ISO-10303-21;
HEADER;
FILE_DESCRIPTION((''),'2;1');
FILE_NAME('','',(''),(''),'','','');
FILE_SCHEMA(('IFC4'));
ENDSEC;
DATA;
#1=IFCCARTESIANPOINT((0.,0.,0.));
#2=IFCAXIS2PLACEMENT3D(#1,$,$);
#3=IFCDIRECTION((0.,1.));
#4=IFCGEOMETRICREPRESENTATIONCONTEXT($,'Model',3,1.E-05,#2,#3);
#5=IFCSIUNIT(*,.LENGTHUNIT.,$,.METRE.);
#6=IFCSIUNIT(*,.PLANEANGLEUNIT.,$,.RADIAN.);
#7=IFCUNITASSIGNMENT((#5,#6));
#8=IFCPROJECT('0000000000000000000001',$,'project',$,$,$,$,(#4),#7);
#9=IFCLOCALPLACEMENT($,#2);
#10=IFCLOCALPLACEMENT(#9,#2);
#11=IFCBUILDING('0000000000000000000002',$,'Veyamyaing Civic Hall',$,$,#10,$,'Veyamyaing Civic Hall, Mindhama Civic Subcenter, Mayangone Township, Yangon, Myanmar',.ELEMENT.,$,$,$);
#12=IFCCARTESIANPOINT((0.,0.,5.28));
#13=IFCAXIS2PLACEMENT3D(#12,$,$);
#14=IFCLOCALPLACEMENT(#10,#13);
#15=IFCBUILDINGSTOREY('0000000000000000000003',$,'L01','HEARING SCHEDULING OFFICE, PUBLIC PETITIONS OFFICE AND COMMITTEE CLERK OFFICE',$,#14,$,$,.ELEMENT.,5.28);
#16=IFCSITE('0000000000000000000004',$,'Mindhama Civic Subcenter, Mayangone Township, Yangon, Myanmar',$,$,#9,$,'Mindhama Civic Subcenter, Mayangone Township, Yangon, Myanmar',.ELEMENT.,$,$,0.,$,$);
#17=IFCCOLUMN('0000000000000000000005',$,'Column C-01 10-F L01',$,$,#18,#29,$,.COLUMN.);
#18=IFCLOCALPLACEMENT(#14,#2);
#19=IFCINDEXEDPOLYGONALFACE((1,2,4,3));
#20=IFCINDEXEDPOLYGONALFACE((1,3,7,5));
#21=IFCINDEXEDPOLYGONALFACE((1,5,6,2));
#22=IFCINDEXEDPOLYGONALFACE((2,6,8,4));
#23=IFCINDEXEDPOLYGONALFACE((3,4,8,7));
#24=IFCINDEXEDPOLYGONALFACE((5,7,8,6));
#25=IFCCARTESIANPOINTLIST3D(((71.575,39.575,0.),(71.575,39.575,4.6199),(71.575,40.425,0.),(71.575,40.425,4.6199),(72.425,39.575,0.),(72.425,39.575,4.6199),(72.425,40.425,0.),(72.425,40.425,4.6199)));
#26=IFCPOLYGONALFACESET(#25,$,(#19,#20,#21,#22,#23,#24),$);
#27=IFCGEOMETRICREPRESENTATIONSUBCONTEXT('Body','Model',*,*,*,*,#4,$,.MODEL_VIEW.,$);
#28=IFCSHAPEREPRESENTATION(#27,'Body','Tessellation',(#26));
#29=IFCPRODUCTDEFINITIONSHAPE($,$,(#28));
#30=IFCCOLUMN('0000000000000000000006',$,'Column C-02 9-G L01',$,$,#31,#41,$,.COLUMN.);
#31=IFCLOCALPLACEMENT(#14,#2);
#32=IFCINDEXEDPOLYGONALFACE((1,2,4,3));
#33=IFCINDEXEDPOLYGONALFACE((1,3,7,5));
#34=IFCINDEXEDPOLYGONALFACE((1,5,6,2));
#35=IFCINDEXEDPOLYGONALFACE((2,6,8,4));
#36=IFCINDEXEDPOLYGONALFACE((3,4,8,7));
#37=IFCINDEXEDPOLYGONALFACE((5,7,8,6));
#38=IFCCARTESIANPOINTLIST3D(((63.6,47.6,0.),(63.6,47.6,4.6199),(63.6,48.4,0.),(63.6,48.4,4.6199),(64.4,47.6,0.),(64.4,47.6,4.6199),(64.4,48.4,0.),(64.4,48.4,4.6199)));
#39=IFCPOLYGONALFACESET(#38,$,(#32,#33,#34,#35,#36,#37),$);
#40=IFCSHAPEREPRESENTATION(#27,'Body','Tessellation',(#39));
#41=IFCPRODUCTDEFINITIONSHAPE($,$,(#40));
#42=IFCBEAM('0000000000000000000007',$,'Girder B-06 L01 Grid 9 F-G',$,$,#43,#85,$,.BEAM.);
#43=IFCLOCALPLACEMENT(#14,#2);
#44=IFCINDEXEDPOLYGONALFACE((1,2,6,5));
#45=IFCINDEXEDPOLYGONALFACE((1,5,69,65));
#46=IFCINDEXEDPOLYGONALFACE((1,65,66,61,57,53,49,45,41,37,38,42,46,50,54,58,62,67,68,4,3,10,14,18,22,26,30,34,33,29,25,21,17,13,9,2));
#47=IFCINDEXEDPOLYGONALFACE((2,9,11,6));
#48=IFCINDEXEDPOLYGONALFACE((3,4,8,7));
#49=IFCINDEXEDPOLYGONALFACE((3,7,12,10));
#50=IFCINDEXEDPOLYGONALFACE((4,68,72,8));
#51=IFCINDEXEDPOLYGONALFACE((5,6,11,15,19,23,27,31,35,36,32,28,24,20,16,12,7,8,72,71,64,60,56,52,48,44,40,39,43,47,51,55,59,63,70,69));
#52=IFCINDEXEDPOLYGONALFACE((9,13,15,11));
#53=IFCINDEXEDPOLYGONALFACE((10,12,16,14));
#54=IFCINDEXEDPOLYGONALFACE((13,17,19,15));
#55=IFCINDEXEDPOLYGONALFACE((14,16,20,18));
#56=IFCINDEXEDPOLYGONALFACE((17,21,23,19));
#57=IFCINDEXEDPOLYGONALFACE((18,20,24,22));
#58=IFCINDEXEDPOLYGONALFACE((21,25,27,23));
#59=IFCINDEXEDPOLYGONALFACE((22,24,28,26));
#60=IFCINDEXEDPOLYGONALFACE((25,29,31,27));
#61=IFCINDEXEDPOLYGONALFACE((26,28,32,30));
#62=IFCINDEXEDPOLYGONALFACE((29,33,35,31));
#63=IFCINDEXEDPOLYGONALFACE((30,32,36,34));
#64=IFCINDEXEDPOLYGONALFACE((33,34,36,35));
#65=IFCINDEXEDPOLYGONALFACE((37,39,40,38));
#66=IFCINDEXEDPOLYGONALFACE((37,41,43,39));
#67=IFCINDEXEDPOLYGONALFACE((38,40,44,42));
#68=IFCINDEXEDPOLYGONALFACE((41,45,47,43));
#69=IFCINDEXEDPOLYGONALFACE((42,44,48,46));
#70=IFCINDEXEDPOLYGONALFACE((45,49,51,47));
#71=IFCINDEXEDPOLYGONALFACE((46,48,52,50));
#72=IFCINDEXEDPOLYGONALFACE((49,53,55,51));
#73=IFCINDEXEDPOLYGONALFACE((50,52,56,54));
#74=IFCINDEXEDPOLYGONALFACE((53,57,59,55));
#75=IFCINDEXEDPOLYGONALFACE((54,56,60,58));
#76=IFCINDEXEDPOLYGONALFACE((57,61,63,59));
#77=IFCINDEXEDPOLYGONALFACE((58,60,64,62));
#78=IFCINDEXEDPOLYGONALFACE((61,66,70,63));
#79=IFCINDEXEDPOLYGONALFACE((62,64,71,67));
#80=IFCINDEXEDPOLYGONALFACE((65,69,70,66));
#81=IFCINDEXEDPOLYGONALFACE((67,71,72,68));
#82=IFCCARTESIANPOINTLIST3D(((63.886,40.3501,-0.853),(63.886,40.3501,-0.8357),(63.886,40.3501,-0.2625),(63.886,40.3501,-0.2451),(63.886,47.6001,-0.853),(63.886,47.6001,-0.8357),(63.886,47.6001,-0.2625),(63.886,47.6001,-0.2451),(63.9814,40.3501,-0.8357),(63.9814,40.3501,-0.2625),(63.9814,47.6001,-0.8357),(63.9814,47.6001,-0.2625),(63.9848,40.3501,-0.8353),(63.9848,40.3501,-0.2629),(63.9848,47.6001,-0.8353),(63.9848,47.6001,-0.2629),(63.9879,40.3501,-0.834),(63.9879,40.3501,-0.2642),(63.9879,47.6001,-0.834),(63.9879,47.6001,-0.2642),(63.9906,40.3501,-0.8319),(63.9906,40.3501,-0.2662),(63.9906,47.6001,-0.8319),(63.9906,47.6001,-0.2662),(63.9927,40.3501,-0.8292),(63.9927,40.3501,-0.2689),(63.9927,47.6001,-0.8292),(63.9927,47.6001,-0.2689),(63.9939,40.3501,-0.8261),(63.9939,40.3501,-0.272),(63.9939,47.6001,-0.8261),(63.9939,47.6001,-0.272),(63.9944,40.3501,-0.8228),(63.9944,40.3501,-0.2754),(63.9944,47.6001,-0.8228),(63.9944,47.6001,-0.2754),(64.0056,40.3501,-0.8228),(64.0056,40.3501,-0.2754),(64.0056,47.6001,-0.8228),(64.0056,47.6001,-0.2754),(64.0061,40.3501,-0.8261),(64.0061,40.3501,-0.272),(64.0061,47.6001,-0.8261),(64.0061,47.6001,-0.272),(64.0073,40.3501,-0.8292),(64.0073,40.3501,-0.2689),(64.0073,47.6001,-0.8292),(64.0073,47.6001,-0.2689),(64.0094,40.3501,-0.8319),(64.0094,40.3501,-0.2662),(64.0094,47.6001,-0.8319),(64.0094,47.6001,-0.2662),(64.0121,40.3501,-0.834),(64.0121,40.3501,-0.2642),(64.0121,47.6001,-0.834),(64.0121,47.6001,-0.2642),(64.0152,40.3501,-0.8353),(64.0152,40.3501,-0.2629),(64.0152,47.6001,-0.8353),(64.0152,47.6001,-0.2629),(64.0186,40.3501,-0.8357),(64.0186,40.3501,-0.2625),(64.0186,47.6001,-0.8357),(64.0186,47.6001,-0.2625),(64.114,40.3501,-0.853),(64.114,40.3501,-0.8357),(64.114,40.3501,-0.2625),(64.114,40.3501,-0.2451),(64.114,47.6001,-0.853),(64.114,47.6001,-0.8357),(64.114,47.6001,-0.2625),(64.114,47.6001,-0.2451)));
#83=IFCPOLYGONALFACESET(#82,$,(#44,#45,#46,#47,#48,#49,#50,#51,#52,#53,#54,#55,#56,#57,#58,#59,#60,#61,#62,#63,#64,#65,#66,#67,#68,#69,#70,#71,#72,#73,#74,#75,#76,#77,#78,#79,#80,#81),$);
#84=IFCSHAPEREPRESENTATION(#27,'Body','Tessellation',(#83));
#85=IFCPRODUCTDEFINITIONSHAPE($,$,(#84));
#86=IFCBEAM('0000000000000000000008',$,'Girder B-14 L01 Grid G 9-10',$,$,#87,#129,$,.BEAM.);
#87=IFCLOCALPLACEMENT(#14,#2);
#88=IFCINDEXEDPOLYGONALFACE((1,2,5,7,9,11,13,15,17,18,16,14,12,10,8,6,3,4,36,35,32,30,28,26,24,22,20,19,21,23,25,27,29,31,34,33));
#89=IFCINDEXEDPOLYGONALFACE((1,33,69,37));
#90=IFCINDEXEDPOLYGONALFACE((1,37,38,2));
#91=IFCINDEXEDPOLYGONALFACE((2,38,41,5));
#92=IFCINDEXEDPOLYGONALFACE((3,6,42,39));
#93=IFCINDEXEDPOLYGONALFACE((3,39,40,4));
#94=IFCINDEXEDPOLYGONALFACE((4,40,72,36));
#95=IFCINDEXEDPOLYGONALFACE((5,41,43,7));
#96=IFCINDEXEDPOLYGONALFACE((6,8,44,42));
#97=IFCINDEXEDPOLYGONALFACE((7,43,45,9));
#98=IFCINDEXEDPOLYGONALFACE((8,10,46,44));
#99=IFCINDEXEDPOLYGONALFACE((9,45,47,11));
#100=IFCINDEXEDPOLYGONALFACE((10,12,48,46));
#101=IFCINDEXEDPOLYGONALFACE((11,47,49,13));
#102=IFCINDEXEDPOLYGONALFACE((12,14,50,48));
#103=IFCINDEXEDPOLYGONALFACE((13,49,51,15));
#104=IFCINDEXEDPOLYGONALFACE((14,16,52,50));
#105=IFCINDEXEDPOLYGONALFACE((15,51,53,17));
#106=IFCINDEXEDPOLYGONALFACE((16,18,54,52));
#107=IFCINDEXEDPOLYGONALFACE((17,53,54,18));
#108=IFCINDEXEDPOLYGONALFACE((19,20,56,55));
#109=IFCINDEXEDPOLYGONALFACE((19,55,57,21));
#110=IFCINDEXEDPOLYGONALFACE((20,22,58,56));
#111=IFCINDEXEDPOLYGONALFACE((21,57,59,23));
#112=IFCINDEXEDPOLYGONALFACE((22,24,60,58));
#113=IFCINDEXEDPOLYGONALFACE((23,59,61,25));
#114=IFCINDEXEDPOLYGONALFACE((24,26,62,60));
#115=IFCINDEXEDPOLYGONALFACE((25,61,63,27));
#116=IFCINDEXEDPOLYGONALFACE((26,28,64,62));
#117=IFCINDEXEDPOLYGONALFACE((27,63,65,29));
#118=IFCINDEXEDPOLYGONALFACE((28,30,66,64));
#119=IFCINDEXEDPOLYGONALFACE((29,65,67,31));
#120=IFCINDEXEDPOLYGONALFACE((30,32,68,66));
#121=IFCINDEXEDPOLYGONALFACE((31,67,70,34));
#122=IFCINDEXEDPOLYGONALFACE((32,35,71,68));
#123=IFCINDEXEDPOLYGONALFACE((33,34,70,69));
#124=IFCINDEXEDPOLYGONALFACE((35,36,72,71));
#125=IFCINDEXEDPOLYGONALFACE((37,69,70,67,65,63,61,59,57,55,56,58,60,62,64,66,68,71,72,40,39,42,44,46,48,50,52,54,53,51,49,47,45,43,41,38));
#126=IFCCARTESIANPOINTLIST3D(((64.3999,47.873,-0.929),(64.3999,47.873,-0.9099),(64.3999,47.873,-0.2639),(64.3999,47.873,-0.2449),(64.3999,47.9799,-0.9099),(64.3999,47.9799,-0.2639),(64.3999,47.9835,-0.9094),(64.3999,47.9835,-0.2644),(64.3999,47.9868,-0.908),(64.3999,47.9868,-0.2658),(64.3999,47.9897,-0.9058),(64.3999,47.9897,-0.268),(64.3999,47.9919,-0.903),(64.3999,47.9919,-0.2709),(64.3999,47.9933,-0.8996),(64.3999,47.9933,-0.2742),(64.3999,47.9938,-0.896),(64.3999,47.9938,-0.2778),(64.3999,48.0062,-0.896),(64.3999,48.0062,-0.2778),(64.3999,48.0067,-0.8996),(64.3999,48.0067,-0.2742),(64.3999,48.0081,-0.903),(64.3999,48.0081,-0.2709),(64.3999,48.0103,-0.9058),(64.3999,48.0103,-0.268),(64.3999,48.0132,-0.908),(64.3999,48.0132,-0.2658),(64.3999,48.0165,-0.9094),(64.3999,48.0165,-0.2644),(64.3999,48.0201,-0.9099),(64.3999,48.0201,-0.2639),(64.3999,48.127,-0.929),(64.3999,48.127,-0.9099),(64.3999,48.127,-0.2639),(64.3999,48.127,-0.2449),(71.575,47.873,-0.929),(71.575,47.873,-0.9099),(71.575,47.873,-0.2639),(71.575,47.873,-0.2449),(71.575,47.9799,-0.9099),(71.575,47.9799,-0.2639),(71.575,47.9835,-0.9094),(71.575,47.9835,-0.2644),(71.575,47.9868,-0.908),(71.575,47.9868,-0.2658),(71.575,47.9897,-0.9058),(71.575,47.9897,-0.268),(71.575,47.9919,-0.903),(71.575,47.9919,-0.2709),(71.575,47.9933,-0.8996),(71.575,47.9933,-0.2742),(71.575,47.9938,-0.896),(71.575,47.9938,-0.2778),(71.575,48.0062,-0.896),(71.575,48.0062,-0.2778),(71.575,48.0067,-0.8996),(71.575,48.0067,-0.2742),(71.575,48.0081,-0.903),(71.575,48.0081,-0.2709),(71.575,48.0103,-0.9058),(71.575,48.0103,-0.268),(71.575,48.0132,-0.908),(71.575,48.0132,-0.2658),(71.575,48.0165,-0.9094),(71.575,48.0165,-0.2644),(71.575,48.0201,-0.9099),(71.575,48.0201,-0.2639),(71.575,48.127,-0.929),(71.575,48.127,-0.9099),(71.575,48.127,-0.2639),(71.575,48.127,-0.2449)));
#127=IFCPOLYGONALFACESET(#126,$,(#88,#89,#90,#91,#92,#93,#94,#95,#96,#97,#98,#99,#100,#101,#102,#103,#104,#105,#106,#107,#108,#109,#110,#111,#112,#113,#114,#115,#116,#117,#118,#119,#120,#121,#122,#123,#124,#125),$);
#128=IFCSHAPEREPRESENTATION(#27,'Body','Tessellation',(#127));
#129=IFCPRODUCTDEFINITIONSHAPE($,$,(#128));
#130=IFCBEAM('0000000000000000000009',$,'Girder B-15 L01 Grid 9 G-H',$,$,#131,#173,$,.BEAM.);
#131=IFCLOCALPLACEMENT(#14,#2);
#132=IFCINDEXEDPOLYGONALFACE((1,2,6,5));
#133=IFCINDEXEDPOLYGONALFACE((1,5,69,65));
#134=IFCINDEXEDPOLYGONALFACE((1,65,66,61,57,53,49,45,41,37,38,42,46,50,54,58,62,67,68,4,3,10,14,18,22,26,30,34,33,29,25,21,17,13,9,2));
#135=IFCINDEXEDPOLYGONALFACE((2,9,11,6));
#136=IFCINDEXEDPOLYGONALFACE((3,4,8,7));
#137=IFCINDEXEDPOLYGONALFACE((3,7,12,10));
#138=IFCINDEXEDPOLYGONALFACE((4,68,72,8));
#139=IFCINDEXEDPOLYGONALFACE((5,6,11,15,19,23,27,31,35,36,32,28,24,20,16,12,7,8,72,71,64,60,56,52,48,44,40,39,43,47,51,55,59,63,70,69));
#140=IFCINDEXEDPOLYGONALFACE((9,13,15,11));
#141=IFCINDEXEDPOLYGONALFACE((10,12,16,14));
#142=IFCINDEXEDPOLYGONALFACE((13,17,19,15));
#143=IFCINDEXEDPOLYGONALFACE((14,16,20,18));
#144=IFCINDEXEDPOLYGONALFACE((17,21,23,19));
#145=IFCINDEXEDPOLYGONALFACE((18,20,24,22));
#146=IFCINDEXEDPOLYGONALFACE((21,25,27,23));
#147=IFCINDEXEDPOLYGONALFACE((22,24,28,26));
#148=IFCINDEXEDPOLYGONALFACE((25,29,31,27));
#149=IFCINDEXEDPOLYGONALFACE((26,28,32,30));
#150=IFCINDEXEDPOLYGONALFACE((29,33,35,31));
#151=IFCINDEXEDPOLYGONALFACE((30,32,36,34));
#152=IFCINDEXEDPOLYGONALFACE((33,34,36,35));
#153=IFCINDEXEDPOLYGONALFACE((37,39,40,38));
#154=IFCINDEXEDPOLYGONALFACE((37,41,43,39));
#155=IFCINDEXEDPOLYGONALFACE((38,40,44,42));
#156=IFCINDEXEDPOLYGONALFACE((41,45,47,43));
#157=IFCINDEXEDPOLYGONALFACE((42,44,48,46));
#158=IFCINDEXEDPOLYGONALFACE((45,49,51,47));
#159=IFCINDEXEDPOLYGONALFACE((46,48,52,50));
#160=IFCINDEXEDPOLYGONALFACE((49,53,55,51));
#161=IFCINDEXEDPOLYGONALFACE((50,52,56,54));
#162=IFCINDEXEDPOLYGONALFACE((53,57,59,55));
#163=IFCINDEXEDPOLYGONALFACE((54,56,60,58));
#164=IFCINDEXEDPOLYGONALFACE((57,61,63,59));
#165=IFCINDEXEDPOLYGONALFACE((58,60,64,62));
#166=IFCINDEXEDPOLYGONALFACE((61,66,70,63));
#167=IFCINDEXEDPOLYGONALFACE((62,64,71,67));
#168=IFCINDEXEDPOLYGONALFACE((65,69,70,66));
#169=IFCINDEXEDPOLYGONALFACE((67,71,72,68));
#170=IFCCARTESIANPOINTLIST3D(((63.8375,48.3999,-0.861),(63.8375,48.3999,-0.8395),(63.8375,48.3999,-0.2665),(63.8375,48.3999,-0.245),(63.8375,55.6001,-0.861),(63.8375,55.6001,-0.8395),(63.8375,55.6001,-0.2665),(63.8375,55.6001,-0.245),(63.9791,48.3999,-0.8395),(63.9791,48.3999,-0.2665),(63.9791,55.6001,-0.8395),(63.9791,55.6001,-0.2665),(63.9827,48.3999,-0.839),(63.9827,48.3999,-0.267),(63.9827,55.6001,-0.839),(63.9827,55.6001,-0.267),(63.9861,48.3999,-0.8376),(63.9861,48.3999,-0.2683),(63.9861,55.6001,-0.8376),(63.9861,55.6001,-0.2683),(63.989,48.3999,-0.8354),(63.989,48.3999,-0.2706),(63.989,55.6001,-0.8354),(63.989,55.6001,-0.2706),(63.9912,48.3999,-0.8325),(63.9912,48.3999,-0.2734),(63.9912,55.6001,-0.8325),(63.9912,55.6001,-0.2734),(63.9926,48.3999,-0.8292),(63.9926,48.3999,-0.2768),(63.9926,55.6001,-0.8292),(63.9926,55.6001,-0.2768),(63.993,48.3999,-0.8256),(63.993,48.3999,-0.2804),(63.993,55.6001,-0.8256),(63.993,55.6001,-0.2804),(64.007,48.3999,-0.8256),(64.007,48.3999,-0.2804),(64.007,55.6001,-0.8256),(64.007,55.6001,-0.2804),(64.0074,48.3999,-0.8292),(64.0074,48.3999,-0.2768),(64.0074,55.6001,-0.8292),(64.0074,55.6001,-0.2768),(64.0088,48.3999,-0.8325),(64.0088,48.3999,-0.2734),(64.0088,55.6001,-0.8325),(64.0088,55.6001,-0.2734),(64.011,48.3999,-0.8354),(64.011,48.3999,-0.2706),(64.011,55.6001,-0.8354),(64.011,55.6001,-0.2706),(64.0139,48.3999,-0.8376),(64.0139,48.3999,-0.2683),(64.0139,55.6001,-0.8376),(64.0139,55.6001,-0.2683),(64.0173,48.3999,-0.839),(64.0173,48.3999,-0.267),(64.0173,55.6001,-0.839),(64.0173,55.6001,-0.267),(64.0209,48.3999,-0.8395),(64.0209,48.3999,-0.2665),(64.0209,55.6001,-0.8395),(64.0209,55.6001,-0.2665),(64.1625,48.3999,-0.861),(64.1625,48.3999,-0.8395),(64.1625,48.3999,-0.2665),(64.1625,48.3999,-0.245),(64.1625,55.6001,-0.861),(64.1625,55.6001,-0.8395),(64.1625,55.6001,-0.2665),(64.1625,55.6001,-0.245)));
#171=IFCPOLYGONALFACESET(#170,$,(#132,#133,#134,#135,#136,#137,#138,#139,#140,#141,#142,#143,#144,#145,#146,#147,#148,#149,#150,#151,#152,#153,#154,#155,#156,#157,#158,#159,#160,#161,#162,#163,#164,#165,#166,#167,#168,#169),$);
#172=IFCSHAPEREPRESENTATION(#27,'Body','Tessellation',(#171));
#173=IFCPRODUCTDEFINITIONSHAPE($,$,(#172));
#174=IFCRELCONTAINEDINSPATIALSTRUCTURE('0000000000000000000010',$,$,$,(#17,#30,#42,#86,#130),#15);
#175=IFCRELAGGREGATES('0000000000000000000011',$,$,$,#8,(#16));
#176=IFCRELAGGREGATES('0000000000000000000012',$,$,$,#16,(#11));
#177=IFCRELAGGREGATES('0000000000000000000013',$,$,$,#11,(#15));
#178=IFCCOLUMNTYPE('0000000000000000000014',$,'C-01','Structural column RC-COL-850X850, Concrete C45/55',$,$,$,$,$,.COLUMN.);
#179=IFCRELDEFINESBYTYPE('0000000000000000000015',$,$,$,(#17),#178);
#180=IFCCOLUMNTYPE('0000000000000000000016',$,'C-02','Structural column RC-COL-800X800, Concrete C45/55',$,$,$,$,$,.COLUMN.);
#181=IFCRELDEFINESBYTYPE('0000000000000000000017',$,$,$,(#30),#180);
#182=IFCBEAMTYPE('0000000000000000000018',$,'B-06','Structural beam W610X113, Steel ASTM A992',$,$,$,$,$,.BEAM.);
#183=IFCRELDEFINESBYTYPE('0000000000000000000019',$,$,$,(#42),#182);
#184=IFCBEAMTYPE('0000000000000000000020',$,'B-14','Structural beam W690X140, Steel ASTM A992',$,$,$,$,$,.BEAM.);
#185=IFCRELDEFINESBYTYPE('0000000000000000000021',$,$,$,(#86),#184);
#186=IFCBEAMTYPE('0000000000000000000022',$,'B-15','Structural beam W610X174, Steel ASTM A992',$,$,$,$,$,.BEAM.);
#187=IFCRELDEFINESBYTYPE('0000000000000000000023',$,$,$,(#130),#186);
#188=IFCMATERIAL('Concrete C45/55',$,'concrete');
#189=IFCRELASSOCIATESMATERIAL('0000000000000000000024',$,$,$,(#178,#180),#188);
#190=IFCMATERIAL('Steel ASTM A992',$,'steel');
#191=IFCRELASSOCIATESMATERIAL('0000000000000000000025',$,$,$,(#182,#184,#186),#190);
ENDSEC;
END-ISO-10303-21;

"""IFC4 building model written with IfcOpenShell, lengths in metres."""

from ifc_helpers import new_model, si_unit, direction, frame, origin, origin_2d, place, context, subcontext, project, spatial, rectangle, i_section, extrude, material, material_profile, profile_set, type_object, element, save


model = new_model("IFC4")

# Units and contexts
model_context = context("Model", 3, precision=1e-05, world=origin(), true_north=direction((0.0, 1.0)))
body_context = subcontext(model_context, "Body", "Model", "MODEL_VIEW")
ifc_project = project(units=[si_unit("LENGTHUNIT", "METRE"), si_unit("PLANEANGLEUNIT", "RADIAN")], contexts=[model_context])

# Site, building, storey
site_placement = place(None, origin())
site = spatial("IfcSite", under=ifc_project, at=site_placement, Name="Mindhama Civic Subcenter, Mayangone Township, Yangon, Myanmar", LongName="Mindhama Civic Subcenter, Mayangone Township, Yangon, Myanmar", CompositionType="ELEMENT", RefElevation=0.0)
building_placement = place(site_placement, origin())
building = spatial("IfcBuilding", under=site, at=building_placement, Name="Veyamyaing Civic Hall", LongName="Veyamyaing Civic Hall, Mindhama Civic Subcenter, Mayangone Township, Yangon, Myanmar", CompositionType="ELEMENT")
storey_placement = place(building_placement, frame((0.0, 0.0, 5.28)))
storey = spatial("IfcBuildingStorey", under=building, at=storey_placement, Name="L01", Description="HEARING SCHEDULING OFFICE, PUBLIC PETITIONS OFFICE AND COMMITTEE CLERK OFFICE", CompositionType="ELEMENT", Elevation=5.28)

# Columns
ifc_material_1 = material(Name="Concrete C45/55", Category="concrete")
ifc_material_profile_1 = material_profile(ifc_material_1, rectangle(XDim=0.8501, YDim=0.8501, at=origin_2d()), Name="RC-COL-850X850")
ifc_profile_set_1 = profile_set([ifc_material_profile_1], Name="Concrete C45/55")
column_type_1 = type_object("IfcColumnType", Name="C-01", Description="Structural column RC-COL-850X850, Concrete C45/55", PredefinedType="COLUMN", material=ifc_profile_set_1)
column_1_placement = place(storey_placement, frame((72.0, 40.0, 0.0), z_axis=(0.0, 0.0, 1.0), x_axis=(1.0, 0.0, 0.0)))
element("IfcColumn", 1, at=column_1_placement, inside=storey, type_object=column_type_1, Name="Column C-01 10-F L01", PredefinedType="COLUMN", context=body_context, shape_type="SweptSolid", body=[
    extrude(rectangle(XDim=0.8501, YDim=0.8501, at=origin_2d()), origin(), (0.0, 0.0, 1.0), 4.6199),
])
ifc_material_profile_2 = material_profile(ifc_material_1, rectangle(XDim=0.8, YDim=0.8, at=origin_2d()), Name="RC-COL-800X800")
ifc_profile_set_2 = profile_set([ifc_material_profile_2], Name="Concrete C45/55")
column_type_2 = type_object("IfcColumnType", Name="C-02", Description="Structural column RC-COL-800X800, Concrete C45/55", PredefinedType="COLUMN", material=ifc_profile_set_2)
column_2_placement = place(storey_placement, frame((64.0, 48.0, 0.0), z_axis=(0.0, 0.0, 1.0), x_axis=(1.0, 0.0, 0.0)))
element("IfcColumn", 2, at=column_2_placement, inside=storey, type_object=column_type_2, Name="Column C-02 9-G L01", PredefinedType="COLUMN", context=body_context, shape_type="SweptSolid", body=[
    extrude(rectangle(XDim=0.8, YDim=0.8, at=origin_2d()), origin(), (0.0, 0.0, 1.0), 4.6199),
])

# Beams
ifc_material_2 = material(Name="Steel ASTM A992", Category="steel")
ifc_material_profile_3 = material_profile(ifc_material_2, i_section(OverallWidth=0.228, OverallDepth=0.6079, WebThickness=0.0112, FlangeThickness=0.0173, FilletRadius=0.0129, at=origin_2d()), Name="W610X113")
ifc_profile_set_3 = profile_set([ifc_material_profile_3], Name="Steel ASTM A992")
beam_type_1 = type_object("IfcBeamType", Name="B-06", Description="Structural beam W610X113, Steel ASTM A992", PredefinedType="BEAM", material=ifc_profile_set_3)
beam_1_placement = place(storey_placement, frame((64.0, 40.3501, -0.5491), z_axis=(0.0, 1.0, 0.0), x_axis=(-1.0, 0.0, 0.0)))
element("IfcBeam", 3, at=beam_1_placement, inside=storey, type_object=beam_type_1, Name="Girder B-06 L01 Grid 9 F-G", PredefinedType="BEAM", context=body_context, shape_type="SweptSolid", body=[
    extrude(i_section(OverallWidth=0.228, OverallDepth=0.6079, WebThickness=0.0112, FlangeThickness=0.0173, FilletRadius=0.0129, at=origin_2d()), origin(), (0.0, 0.0, 1.0), 7.25),
])
ifc_material_profile_4 = material_profile(ifc_material_2, i_section(OverallWidth=0.2539, OverallDepth=0.6841, WebThickness=0.0125, FlangeThickness=0.019, FilletRadius=0.0139, at=origin_2d()), Name="W690X140")
ifc_profile_set_4 = profile_set([ifc_material_profile_4], Name="Steel ASTM A992")
beam_type_2 = type_object("IfcBeamType", Name="B-14", Description="Structural beam W690X140, Steel ASTM A992", PredefinedType="BEAM", material=ifc_profile_set_4)
beam_2_placement = place(storey_placement, frame((64.3999, 48.0, -0.5869), z_axis=(1.0, 0.0, 0.0), x_axis=(0.0, 1.0, 0.0)))
element("IfcBeam", 4, at=beam_2_placement, inside=storey, type_object=beam_type_2, Name="Girder B-14 L01 Grid G 9-10", PredefinedType="BEAM", context=body_context, shape_type="SweptSolid", body=[
    extrude(i_section(OverallWidth=0.2539, OverallDepth=0.6841, WebThickness=0.0125, FlangeThickness=0.019, FilletRadius=0.0139, at=origin_2d()), origin(), (0.0, 0.0, 1.0), 7.175),
])
ifc_material_profile_5 = material_profile(ifc_material_2, i_section(OverallWidth=0.325, OverallDepth=0.616, WebThickness=0.0139, FlangeThickness=0.0215, FilletRadius=0.0139, at=origin_2d()), Name="W610X174")
ifc_profile_set_5 = profile_set([ifc_material_profile_5], Name="Steel ASTM A992")
beam_type_3 = type_object("IfcBeamType", Name="B-15", Description="Structural beam W610X174, Steel ASTM A992", PredefinedType="BEAM", material=ifc_profile_set_5)
beam_3_placement = place(storey_placement, frame((64.0, 48.3999, -0.553), z_axis=(0.0, 1.0, 0.0), x_axis=(-1.0, 0.0, 0.0)))
element("IfcBeam", 5, at=beam_3_placement, inside=storey, type_object=beam_type_3, Name="Girder B-15 L01 Grid 9 G-H", PredefinedType="BEAM", context=body_context, shape_type="SweptSolid", body=[
    extrude(i_section(OverallWidth=0.325, OverallDepth=0.616, WebThickness=0.0139, FlangeThickness=0.0215, FilletRadius=0.0139, at=origin_2d()), origin(), (0.0, 0.0, 1.0), 7.2002),
])

save(model, "model.ifc")
